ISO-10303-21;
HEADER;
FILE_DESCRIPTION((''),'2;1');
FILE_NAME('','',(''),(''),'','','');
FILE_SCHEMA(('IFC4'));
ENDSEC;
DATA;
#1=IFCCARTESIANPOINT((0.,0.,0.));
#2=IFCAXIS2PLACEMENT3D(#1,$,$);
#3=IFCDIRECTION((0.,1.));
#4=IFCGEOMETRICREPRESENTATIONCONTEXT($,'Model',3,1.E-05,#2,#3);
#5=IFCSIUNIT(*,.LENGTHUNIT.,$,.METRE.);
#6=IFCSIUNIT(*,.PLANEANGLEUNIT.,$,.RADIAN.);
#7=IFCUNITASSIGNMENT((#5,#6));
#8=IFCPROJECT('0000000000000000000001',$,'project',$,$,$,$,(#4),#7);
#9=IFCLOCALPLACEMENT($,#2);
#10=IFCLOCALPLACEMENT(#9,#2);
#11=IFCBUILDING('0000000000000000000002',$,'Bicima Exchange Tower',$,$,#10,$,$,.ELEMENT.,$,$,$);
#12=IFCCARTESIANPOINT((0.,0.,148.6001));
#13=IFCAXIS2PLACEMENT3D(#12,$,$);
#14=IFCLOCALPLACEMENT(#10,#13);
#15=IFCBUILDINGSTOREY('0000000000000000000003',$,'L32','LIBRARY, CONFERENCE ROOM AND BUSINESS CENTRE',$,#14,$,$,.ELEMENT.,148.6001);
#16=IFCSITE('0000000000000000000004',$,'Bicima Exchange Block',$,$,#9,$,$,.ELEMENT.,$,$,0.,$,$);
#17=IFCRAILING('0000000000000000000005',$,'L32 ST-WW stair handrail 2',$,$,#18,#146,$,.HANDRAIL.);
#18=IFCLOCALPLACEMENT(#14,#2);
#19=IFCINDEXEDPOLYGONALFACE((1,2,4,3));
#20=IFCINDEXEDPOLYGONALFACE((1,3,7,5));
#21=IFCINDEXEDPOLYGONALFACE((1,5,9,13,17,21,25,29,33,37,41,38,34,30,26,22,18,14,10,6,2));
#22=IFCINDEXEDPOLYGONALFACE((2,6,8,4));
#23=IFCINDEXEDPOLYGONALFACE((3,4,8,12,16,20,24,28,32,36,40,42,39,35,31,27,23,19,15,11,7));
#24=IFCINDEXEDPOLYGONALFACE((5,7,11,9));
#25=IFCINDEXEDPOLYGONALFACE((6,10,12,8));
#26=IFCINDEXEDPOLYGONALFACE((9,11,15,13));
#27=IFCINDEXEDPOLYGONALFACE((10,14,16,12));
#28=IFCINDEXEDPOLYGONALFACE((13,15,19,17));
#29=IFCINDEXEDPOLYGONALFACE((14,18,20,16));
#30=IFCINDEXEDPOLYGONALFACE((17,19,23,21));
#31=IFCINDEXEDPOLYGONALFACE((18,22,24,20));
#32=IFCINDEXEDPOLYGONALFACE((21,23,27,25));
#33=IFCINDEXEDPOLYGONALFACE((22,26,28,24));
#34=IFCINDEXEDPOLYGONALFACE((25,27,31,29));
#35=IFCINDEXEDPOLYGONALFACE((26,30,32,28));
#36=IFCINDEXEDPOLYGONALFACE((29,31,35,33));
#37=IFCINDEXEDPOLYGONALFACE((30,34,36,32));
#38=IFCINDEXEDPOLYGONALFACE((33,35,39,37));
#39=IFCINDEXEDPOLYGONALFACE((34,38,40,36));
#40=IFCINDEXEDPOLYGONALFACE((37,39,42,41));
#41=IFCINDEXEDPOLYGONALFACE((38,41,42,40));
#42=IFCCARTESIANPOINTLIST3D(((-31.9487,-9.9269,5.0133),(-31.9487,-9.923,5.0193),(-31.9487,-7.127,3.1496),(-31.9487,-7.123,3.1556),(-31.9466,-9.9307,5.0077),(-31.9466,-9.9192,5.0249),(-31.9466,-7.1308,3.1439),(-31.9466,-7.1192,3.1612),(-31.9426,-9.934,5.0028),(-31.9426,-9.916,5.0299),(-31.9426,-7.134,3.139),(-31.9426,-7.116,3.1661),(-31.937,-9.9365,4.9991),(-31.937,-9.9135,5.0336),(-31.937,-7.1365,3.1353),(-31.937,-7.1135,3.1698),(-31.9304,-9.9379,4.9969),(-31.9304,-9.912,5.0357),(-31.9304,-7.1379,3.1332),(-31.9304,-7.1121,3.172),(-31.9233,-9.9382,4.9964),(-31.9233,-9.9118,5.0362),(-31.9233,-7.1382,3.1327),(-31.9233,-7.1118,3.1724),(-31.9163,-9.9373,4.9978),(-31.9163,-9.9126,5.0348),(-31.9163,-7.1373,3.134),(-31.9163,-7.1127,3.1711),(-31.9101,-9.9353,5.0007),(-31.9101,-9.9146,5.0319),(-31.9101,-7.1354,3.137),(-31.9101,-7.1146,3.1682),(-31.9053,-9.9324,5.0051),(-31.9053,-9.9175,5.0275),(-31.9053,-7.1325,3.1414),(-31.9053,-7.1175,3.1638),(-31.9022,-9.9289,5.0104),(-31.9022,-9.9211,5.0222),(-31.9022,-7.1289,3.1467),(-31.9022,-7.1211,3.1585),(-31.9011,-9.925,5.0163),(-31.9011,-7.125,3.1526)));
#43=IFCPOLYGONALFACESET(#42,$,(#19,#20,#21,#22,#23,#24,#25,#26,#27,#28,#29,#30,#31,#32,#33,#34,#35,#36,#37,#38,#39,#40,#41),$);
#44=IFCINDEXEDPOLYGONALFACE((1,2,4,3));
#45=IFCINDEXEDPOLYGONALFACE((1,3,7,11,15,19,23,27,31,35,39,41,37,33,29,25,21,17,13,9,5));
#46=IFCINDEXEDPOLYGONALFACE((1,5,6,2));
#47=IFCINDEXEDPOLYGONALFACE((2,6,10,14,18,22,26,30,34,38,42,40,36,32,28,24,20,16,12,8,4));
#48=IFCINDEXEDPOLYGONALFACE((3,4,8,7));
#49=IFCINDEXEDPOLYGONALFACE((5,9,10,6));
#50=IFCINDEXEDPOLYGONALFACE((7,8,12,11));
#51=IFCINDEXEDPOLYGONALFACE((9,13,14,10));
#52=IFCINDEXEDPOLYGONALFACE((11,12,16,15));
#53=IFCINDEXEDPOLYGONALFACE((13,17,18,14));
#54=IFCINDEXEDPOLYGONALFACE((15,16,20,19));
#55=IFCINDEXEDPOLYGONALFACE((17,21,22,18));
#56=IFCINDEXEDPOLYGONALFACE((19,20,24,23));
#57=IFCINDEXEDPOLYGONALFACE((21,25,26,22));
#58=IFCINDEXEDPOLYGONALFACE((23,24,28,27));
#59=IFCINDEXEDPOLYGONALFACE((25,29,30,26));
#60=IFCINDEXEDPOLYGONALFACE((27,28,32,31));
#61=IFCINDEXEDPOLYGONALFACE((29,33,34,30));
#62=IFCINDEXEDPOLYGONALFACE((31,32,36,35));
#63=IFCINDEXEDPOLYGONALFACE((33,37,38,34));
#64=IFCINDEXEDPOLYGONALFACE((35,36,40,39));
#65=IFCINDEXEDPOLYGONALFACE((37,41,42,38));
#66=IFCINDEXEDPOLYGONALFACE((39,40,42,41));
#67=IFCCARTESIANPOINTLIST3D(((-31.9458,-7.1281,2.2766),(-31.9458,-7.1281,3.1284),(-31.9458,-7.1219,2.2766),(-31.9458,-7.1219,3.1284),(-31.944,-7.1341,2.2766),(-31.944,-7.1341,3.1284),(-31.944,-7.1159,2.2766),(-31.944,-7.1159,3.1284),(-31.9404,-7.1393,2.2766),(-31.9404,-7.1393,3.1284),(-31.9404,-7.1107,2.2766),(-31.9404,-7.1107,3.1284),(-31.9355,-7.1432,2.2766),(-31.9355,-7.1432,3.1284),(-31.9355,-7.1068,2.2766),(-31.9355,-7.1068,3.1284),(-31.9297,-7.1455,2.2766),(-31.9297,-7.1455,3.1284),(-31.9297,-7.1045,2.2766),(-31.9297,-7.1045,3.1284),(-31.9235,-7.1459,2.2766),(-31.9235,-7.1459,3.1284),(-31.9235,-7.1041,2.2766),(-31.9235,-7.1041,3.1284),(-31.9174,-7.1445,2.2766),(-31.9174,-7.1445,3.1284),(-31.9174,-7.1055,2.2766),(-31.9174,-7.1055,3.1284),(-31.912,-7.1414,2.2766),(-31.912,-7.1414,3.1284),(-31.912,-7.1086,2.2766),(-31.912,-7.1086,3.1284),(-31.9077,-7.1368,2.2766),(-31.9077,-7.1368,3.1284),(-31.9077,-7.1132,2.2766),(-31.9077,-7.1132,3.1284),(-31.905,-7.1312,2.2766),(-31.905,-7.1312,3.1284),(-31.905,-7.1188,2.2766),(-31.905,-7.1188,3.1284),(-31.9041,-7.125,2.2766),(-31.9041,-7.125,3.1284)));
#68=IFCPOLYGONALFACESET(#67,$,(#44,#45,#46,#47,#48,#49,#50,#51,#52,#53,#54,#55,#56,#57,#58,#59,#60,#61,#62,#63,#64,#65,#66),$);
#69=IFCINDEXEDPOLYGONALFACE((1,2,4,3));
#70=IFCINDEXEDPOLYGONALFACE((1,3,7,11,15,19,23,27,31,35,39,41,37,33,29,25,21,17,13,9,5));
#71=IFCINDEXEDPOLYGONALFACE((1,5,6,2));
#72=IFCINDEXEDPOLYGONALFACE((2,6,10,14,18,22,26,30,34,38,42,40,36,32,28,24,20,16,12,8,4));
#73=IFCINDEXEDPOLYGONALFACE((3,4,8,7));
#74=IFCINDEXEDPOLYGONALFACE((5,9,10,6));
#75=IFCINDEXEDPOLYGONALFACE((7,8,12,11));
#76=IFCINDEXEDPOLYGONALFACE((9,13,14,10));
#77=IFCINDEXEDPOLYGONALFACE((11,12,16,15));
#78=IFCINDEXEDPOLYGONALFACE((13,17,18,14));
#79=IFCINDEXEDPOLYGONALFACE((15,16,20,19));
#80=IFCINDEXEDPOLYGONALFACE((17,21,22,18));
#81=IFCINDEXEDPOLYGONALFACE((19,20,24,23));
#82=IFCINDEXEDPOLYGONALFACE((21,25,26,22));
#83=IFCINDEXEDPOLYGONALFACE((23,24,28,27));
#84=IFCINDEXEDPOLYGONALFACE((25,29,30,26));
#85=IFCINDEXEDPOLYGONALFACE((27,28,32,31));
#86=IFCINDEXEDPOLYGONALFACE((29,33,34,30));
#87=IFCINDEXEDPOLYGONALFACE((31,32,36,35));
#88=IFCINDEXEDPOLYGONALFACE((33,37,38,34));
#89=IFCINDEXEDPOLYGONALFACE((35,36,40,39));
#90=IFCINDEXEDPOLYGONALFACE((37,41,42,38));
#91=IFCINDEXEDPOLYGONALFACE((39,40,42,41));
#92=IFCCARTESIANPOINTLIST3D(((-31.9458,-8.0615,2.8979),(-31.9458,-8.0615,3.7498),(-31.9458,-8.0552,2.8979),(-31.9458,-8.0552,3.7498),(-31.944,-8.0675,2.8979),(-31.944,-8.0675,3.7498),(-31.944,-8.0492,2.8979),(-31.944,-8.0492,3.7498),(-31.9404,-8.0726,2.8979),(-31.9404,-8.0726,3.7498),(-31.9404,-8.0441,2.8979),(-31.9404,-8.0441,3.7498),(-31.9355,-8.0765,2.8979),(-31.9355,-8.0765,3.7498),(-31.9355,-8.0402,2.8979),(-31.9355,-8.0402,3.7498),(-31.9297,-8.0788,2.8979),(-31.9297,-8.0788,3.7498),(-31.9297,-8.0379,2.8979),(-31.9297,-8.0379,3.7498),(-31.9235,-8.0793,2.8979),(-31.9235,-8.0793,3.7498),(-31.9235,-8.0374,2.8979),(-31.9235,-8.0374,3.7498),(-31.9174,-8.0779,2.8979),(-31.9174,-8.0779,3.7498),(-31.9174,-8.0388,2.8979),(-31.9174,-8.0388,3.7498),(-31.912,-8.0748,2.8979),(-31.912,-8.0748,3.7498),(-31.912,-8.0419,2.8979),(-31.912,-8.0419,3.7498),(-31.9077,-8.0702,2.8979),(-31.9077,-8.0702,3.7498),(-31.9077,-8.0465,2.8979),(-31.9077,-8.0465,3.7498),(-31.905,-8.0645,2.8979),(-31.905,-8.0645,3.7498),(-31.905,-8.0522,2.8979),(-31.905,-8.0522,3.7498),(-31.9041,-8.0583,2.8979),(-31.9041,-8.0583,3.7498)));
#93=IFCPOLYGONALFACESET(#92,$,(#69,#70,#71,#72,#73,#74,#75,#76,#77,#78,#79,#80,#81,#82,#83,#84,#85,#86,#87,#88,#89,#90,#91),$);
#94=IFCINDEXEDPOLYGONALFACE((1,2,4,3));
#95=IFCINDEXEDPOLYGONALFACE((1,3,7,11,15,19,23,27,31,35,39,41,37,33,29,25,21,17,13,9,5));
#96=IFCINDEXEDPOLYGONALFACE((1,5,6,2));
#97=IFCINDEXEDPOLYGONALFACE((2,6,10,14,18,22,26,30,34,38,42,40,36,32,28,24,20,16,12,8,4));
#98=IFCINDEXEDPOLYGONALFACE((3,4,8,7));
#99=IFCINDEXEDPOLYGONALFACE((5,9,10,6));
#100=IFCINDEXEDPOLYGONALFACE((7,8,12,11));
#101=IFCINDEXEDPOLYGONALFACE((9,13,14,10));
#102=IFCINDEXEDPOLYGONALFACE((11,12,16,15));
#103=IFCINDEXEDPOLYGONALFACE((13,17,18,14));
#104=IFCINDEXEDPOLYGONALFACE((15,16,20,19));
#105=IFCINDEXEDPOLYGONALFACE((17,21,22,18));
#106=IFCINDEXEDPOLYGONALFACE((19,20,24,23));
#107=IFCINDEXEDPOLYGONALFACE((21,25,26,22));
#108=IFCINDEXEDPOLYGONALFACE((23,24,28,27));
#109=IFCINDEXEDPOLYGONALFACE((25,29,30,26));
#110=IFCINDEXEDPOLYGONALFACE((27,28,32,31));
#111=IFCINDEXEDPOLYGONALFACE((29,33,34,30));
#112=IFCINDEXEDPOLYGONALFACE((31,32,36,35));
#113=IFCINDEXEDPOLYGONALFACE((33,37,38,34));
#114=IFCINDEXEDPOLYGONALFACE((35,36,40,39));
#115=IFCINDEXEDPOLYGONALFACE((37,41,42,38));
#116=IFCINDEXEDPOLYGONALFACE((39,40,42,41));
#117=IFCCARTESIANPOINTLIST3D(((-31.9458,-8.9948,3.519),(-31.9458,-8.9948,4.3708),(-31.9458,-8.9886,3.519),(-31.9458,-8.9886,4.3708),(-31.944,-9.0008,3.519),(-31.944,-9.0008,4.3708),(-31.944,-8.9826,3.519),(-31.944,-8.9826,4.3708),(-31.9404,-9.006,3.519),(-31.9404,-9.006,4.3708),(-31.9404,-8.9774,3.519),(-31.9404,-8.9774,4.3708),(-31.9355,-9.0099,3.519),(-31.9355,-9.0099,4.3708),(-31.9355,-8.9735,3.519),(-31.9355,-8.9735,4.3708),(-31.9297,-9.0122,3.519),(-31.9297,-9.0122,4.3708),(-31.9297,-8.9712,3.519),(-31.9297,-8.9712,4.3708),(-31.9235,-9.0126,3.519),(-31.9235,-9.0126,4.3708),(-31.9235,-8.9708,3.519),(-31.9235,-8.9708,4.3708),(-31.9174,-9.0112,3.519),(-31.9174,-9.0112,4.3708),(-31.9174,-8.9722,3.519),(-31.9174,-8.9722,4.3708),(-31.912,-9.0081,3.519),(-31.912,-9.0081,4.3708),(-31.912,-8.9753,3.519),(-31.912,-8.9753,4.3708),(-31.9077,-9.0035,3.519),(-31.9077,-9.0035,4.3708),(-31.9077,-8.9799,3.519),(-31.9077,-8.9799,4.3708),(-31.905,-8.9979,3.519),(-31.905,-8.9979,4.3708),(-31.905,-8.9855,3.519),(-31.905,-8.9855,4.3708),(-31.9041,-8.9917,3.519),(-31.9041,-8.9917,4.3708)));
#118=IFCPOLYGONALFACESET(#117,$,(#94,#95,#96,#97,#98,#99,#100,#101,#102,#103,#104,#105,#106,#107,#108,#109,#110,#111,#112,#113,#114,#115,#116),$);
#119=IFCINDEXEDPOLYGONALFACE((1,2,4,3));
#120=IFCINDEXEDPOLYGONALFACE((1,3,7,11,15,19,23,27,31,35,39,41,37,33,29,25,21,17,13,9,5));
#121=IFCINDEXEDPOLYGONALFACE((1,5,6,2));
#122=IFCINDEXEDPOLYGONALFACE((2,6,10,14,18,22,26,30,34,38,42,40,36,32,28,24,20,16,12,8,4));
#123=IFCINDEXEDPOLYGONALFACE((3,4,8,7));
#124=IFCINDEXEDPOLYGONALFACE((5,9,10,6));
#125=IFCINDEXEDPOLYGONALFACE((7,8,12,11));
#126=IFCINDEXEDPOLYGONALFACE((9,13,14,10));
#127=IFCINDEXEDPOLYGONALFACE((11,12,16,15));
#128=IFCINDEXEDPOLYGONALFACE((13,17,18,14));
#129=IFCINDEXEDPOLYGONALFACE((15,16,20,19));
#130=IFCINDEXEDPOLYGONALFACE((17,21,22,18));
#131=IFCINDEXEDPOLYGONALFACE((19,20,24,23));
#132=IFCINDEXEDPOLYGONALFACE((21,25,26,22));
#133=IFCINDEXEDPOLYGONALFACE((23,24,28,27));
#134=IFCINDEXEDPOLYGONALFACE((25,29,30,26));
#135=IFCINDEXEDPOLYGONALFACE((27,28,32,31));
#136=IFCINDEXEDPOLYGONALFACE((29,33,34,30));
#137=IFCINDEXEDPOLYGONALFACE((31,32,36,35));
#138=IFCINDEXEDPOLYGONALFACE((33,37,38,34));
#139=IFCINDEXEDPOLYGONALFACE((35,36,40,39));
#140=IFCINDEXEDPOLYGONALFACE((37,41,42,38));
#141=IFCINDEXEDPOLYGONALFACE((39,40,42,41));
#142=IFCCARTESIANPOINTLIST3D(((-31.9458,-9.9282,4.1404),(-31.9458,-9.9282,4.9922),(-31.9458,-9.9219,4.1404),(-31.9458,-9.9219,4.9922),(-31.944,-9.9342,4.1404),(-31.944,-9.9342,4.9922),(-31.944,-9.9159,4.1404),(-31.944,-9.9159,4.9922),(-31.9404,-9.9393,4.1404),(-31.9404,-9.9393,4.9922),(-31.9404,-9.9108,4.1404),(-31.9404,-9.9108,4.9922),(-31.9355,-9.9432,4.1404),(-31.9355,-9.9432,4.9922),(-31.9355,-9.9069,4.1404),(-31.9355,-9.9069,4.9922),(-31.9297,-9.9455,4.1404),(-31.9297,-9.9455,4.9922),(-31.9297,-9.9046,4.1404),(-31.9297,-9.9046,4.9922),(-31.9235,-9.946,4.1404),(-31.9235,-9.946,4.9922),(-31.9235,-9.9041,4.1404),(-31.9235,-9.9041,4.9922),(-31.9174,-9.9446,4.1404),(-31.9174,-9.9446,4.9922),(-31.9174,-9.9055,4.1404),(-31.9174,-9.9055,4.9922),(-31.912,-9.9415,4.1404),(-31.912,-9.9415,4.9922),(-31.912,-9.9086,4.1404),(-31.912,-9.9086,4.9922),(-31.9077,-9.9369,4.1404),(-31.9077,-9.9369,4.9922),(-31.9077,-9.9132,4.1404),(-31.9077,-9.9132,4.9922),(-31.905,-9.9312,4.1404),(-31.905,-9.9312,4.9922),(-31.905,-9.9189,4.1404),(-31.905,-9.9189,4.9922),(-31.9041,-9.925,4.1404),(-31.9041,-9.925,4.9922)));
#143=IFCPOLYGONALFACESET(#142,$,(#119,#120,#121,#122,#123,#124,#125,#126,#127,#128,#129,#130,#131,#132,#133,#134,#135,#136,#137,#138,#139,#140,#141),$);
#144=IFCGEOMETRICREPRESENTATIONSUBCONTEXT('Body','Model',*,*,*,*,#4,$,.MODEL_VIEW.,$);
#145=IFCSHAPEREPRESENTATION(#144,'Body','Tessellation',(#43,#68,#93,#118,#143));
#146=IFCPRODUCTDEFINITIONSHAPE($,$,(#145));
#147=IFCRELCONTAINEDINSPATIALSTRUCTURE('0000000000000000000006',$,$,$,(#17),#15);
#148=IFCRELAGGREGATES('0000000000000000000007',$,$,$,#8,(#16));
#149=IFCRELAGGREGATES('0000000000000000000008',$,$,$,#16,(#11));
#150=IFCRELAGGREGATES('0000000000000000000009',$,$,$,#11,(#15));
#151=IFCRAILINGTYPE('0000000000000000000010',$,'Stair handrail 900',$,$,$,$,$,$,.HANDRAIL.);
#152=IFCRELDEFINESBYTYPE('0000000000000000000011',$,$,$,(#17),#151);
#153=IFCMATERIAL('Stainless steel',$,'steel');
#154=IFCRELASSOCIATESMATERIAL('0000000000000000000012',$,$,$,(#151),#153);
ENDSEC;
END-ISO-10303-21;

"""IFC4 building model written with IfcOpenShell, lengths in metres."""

from ifc_helpers import new_model, si_unit, direction, frame, origin, origin_2d, place, context, subcontext, project, spatial, circle, extrude, material, type_object, element, save


model = new_model("IFC4")

# Units and contexts
model_context = context("Model", 3, precision=1e-05, world=origin(), true_north=direction((0.0, 1.0)))
body_context = subcontext(model_context, "Body", "Model", "MODEL_VIEW")
ifc_project = project(units=[si_unit("LENGTHUNIT", "METRE"), si_unit("PLANEANGLEUNIT", "RADIAN")], contexts=[model_context])

# Site, building, storey
site_placement = place(None, origin())
site = spatial("IfcSite", under=ifc_project, at=site_placement, Name="Bicima Exchange Block", CompositionType="ELEMENT", RefElevation=0.0)
building_placement = place(site_placement, origin())
building = spatial("IfcBuilding", under=site, at=building_placement, Name="Bicima Exchange Tower", CompositionType="ELEMENT")
storey_placement = place(building_placement, frame((0.0, 0.0, 148.6001)))
storey = spatial("IfcBuildingStorey", under=building, at=storey_placement, Name="L32", Description="LIBRARY, CONFERENCE ROOM AND BUSINESS CENTRE", CompositionType="ELEMENT", Elevation=148.6001)

# Railing
ifc_material_1 = material(Name="Stainless steel", Category="steel")
railing_type = type_object("IfcRailingType", Name="Stair handrail 900", PredefinedType="HANDRAIL", material=ifc_material_1)
railing_placement = place(storey_placement, frame((-31.925, -7.125, 2.2766)))
element("IfcRailing", 1, at=railing_placement, inside=storey, type_object=railing_type, Name="L32 ST-WW stair handrail 2", PredefinedType="HANDRAIL", context=body_context, shape_type="SweptSolid", body=[
    extrude(circle(Radius=0.0239, at=origin_2d()), frame((0.0, 0.0, 0.876), z_axis=(0.0, -0.832452, 0.554097), x_axis=(1.0, 0.0, 0.0)), (0.0, 0.0, 1.0), 3.3635),
    extrude(circle(Radius=0.021, at=origin_2d()), origin(), (0.0, 0.0, 1.0), 0.8518),
    extrude(circle(Radius=0.021, at=origin_2d()), frame((0.0, -0.9333, 0.6213)), (0.0, 0.0, 1.0), 0.8518),
    extrude(circle(Radius=0.021, at=origin_2d()), frame((0.0, -1.8667, 1.2424)), (0.0, 0.0, 1.0), 0.8518),
    extrude(circle(Radius=0.021, at=origin_2d()), frame((0.0, -2.8, 1.8638)), (0.0, 0.0, 1.0), 0.8518),
])

save(model, "model.ifc")
